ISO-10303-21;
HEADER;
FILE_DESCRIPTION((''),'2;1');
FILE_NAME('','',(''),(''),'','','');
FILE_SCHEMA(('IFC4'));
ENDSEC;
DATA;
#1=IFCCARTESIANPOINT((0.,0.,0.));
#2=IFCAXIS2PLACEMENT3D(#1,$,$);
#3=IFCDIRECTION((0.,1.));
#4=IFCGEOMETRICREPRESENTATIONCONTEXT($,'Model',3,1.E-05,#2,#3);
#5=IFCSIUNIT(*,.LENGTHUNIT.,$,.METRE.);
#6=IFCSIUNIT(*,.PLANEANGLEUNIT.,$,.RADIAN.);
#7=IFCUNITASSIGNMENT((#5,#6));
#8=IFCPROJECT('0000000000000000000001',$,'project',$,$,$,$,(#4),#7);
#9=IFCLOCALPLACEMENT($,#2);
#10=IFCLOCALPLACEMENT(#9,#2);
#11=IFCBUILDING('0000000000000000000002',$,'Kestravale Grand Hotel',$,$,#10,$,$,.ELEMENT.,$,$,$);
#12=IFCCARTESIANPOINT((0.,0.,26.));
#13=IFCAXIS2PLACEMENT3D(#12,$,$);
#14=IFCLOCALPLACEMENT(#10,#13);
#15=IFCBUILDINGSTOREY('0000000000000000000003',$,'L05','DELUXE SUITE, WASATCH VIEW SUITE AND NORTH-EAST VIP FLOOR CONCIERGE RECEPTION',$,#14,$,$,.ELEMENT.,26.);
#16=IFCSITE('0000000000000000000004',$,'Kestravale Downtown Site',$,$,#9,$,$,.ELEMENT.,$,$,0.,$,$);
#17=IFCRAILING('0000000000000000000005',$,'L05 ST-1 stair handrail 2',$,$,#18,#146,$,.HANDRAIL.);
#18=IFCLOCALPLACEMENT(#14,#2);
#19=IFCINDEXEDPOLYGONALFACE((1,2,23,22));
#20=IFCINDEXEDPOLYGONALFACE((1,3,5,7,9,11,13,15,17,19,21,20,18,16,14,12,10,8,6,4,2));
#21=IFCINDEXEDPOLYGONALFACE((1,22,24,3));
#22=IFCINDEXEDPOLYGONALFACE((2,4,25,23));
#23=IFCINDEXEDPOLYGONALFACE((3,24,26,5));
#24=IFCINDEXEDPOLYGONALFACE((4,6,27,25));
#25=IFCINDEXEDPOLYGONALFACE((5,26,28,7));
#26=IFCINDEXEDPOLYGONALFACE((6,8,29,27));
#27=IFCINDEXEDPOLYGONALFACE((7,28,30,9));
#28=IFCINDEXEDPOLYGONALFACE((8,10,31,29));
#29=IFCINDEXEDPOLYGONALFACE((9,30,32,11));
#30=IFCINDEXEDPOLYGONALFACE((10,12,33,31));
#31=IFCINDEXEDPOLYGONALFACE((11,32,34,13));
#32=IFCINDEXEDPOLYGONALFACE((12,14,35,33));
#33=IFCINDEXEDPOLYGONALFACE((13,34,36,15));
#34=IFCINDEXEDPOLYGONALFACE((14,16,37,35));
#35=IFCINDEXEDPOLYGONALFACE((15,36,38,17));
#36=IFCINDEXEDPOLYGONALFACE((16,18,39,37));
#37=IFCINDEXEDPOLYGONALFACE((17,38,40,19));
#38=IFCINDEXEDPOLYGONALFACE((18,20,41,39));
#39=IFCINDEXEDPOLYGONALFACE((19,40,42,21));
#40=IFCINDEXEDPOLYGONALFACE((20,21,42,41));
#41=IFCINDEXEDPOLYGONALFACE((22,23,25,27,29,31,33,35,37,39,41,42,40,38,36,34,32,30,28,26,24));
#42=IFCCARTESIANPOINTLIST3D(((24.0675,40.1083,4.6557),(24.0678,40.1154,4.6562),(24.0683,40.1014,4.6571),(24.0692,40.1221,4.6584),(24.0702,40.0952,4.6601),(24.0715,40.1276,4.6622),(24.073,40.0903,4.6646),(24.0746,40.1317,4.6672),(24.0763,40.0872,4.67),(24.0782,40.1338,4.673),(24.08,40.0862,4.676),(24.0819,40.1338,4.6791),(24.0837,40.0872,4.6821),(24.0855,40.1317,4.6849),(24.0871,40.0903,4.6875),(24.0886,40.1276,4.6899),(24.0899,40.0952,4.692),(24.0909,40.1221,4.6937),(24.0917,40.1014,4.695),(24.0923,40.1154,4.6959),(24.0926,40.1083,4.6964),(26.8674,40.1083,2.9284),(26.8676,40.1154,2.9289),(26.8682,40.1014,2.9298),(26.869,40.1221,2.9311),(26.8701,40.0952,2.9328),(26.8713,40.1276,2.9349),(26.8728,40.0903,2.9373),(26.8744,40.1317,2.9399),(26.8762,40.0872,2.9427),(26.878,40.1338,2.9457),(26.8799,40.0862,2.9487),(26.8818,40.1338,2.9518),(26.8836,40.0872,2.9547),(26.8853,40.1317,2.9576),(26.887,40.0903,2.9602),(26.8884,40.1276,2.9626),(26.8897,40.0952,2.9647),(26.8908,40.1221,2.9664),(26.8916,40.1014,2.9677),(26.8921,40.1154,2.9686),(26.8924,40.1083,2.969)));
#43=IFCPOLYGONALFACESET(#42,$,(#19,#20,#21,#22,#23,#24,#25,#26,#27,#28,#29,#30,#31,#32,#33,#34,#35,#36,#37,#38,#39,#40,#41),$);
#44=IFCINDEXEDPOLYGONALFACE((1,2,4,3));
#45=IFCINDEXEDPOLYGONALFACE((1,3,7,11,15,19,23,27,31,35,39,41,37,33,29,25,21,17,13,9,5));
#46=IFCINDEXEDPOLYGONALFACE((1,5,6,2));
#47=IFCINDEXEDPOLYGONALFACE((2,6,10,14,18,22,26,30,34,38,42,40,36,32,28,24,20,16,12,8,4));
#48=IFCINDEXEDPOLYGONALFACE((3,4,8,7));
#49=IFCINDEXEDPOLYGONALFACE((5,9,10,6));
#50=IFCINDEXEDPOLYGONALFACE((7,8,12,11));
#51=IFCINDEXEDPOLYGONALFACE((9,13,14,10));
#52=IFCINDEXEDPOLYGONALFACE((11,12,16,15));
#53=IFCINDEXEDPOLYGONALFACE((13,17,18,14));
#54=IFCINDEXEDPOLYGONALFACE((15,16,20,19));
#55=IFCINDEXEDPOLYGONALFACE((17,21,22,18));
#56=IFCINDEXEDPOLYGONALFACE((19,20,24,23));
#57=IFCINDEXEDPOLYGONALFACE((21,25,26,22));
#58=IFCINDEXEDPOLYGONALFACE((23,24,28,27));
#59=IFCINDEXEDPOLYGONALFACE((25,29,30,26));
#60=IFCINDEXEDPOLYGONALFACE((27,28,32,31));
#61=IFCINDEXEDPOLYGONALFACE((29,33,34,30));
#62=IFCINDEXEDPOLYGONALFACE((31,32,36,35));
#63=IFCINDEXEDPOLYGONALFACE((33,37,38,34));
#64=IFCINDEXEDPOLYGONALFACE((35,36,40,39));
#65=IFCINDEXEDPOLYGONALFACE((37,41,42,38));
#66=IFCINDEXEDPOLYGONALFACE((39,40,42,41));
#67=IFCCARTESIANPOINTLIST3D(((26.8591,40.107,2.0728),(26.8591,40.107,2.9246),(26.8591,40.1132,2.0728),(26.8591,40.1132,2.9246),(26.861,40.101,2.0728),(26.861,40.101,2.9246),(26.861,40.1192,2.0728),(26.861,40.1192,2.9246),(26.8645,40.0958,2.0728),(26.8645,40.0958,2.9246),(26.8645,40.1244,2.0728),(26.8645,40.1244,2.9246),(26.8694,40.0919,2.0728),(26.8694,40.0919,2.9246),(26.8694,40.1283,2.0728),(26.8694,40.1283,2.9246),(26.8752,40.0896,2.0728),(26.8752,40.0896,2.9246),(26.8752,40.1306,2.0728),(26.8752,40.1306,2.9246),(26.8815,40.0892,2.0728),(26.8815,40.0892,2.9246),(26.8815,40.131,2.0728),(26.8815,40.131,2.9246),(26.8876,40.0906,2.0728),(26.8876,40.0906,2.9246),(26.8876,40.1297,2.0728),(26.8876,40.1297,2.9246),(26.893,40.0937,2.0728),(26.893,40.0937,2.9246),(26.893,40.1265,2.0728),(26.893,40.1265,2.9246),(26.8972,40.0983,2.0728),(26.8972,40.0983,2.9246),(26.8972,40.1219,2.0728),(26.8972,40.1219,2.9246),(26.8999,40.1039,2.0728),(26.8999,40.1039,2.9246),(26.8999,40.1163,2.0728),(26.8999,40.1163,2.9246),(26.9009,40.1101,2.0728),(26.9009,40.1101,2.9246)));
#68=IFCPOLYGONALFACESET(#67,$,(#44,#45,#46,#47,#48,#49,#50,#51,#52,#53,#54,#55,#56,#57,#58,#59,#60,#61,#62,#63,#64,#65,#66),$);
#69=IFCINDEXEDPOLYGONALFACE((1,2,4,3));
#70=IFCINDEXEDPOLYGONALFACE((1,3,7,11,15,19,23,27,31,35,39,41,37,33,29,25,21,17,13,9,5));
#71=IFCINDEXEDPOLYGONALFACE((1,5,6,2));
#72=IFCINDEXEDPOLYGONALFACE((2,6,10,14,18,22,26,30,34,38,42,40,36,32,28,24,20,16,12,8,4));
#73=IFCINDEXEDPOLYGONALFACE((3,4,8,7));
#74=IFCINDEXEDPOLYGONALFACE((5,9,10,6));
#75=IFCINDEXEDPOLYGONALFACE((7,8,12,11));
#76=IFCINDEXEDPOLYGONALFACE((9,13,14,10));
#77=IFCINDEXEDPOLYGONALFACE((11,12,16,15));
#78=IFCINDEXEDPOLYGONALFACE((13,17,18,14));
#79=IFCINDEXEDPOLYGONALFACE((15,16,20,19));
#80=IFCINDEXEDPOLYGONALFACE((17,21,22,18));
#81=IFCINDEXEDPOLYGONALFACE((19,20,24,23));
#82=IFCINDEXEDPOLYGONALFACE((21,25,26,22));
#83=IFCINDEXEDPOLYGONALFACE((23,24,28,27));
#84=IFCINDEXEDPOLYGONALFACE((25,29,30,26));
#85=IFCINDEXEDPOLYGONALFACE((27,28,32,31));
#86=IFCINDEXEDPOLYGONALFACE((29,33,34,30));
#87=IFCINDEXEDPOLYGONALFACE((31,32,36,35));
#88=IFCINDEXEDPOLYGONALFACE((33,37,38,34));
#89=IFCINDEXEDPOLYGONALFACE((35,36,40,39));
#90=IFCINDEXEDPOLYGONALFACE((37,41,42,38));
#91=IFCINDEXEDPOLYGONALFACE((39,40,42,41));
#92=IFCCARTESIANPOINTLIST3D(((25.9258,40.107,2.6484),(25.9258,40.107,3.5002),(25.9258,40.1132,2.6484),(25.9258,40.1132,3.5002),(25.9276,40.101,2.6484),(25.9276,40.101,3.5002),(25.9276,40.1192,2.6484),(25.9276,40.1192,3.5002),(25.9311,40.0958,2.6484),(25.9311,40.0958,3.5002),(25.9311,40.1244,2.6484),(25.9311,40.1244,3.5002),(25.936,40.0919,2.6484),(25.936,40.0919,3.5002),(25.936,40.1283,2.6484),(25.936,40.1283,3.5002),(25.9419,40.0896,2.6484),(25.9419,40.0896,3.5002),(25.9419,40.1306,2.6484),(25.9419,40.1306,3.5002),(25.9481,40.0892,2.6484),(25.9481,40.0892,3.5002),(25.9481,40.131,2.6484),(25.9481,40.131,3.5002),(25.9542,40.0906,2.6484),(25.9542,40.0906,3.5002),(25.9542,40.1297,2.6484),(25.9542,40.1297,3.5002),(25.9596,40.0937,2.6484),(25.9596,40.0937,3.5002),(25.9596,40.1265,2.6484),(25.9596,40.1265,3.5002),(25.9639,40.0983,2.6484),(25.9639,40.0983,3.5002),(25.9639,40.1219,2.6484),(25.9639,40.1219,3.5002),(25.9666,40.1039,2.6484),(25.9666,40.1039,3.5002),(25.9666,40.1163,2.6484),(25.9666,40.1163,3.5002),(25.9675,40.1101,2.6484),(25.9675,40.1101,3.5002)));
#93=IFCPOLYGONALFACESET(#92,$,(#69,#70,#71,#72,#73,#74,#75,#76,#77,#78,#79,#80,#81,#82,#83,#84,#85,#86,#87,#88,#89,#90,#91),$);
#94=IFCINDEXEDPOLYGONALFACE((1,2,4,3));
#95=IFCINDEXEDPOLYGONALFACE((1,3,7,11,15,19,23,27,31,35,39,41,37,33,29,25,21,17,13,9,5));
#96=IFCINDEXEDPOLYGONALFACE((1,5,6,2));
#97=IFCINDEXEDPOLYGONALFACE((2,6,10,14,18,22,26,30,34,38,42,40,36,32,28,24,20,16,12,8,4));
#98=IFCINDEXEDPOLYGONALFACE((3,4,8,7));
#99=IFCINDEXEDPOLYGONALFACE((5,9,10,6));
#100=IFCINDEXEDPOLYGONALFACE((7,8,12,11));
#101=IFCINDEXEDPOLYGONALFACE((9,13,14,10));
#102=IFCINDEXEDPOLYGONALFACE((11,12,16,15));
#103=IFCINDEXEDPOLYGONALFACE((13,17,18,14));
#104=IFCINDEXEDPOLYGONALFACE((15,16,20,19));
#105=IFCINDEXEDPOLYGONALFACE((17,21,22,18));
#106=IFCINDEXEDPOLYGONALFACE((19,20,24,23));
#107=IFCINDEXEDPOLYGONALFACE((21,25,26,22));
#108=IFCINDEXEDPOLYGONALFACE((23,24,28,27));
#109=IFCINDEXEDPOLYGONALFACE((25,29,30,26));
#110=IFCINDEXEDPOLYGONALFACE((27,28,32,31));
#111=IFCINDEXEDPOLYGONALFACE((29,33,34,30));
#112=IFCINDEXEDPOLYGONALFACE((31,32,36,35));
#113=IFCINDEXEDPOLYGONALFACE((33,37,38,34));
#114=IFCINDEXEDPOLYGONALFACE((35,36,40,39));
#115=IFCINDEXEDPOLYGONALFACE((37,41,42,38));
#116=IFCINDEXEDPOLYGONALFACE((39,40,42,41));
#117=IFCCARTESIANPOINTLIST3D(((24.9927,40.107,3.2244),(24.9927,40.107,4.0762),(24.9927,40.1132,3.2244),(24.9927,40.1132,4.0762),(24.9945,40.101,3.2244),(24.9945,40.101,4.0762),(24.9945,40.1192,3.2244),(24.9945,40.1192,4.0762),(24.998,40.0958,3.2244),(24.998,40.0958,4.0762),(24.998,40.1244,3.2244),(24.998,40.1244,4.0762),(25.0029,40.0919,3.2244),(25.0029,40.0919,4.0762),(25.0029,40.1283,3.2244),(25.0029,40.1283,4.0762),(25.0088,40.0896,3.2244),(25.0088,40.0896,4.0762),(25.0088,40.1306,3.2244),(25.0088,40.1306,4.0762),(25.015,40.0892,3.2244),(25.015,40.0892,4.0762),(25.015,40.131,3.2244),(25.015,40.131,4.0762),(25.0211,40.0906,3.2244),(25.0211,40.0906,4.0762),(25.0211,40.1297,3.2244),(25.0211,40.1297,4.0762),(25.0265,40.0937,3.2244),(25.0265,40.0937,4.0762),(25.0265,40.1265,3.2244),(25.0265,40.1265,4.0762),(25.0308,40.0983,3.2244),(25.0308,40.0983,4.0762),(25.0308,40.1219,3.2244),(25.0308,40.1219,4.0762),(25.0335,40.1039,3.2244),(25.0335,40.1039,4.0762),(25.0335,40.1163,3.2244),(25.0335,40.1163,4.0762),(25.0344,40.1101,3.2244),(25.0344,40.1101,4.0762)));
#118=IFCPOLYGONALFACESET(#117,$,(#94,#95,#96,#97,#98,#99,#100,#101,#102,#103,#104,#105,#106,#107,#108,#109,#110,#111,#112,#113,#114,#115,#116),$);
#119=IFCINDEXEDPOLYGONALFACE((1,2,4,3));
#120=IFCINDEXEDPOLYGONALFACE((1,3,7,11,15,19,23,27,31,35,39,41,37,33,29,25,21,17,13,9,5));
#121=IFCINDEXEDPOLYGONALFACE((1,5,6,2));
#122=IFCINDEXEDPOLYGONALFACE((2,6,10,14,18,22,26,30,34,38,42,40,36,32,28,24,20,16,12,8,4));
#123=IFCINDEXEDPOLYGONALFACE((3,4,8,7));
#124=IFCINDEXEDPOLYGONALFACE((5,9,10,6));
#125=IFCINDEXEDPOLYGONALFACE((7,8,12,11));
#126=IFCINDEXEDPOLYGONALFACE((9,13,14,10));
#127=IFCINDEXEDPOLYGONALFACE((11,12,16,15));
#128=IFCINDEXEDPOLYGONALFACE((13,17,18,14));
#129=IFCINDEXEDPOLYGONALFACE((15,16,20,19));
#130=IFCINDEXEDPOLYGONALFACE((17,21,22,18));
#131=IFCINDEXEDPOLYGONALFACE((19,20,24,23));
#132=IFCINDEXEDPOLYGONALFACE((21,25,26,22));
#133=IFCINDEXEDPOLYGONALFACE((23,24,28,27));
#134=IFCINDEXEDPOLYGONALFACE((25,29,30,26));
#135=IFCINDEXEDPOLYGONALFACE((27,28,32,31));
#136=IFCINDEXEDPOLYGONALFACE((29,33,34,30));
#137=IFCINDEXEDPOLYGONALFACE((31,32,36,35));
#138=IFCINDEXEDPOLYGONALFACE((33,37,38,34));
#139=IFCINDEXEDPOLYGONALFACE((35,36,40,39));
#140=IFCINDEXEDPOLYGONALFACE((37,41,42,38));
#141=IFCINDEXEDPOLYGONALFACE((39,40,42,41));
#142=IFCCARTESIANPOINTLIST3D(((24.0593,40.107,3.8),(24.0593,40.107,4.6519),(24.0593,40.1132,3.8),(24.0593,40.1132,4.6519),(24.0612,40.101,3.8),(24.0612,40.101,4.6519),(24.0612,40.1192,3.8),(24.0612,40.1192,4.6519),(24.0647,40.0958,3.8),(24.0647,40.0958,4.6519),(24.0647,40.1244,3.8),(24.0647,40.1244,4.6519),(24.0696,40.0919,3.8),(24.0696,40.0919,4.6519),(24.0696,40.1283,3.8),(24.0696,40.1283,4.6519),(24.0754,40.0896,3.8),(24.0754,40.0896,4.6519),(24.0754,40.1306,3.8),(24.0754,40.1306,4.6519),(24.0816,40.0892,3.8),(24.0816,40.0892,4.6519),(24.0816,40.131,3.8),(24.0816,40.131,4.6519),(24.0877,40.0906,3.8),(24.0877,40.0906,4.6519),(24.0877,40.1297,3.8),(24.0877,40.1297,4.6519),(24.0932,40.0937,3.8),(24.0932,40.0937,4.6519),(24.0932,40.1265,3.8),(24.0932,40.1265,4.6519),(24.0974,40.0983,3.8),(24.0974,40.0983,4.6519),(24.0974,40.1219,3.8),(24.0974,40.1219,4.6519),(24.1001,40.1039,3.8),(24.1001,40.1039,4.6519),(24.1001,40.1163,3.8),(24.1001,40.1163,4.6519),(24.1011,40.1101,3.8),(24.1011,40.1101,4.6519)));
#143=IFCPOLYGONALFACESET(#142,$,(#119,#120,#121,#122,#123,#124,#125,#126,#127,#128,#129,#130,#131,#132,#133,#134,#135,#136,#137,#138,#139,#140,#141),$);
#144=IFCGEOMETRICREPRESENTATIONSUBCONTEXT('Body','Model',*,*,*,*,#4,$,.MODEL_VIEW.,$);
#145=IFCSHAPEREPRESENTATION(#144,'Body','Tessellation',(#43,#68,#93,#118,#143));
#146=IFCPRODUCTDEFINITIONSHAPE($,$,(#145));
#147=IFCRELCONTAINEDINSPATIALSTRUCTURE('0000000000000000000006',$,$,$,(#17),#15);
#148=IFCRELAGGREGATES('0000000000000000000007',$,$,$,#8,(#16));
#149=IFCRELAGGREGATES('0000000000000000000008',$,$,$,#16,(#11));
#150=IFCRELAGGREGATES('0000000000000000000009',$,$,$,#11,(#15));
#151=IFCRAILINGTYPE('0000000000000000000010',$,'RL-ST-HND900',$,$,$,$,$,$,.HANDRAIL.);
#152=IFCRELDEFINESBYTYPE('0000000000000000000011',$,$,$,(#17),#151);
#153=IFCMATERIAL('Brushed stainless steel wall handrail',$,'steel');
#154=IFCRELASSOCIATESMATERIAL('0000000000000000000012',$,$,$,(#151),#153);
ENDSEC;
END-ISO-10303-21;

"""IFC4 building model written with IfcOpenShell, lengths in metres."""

from ifc_helpers import new_model, si_unit, direction, frame, origin, origin_2d, place, context, subcontext, project, spatial, circle, extrude, material, type_object, element, save


model = new_model("IFC4")

# Units and contexts
model_context = context("Model", 3, precision=1e-05, world=origin(), true_north=direction((0.0, 1.0)))
body_context = subcontext(model_context, "Body", "Model", "MODEL_VIEW")
ifc_project = project(units=[si_unit("LENGTHUNIT", "METRE"), si_unit("PLANEANGLEUNIT", "RADIAN")], contexts=[model_context])

# Site, building, storey
site_placement = place(None, origin())
site = spatial("IfcSite", under=ifc_project, at=site_placement, Name="Kestravale Downtown Site", CompositionType="ELEMENT", RefElevation=0.0)
building_placement = place(site_placement, origin())
building = spatial("IfcBuilding", under=site, at=building_placement, Name="Kestravale Grand Hotel", CompositionType="ELEMENT")
storey_placement = place(building_placement, frame((0.0, 0.0, 26.0)))
storey = spatial("IfcBuildingStorey", under=building, at=storey_placement, Name="L05", Description="DELUXE SUITE, WASATCH VIEW SUITE AND NORTH-EAST VIP FLOOR CONCIERGE RECEPTION", CompositionType="ELEMENT", Elevation=26.0)

# Railing
ifc_material_1 = material(Name="Brushed stainless steel wall handrail", Category="steel")
railing_type_1 = type_object("IfcRailingType", Name="RL-ST-HND900", PredefinedType="HANDRAIL", material=ifc_material_1)
railing_1_placement = place(storey_placement, frame((26.8799, 40.1101, 2.0728)))
element("IfcRailing", 1, at=railing_1_placement, inside=storey, type_object=railing_type_1, Name="L05 ST-1 stair handrail 2", PredefinedType="HANDRAIL", context=body_context, shape_type="SweptSolid", body=[
    extrude(circle(Radius=0.0239, at=origin_2d()), frame((0.0, 0.0, 0.876), z_axis=(-0.851069, 0.0, 0.525054), x_axis=(0.0, -1.0, 0.0)), (0.0, 0.0, 1.0), 3.2898),
    extrude(circle(Radius=0.021, at=origin_2d()), origin(), (0.0, 0.0, 1.0), 0.8518),
    extrude(circle(Radius=0.021, at=origin_2d()), frame((-0.9333, 0.0, 0.5757)), (0.0, 0.0, 1.0), 0.8518),
    extrude(circle(Radius=0.021, at=origin_2d()), frame((-1.8665, 0.0, 1.1516)), (0.0, 0.0, 1.0), 0.8518),
    extrude(circle(Radius=0.021, at=origin_2d()), frame((-2.7998, 0.0, 1.7273)), (0.0, 0.0, 1.0), 0.8518),
])

save(model, "model.ifc")
